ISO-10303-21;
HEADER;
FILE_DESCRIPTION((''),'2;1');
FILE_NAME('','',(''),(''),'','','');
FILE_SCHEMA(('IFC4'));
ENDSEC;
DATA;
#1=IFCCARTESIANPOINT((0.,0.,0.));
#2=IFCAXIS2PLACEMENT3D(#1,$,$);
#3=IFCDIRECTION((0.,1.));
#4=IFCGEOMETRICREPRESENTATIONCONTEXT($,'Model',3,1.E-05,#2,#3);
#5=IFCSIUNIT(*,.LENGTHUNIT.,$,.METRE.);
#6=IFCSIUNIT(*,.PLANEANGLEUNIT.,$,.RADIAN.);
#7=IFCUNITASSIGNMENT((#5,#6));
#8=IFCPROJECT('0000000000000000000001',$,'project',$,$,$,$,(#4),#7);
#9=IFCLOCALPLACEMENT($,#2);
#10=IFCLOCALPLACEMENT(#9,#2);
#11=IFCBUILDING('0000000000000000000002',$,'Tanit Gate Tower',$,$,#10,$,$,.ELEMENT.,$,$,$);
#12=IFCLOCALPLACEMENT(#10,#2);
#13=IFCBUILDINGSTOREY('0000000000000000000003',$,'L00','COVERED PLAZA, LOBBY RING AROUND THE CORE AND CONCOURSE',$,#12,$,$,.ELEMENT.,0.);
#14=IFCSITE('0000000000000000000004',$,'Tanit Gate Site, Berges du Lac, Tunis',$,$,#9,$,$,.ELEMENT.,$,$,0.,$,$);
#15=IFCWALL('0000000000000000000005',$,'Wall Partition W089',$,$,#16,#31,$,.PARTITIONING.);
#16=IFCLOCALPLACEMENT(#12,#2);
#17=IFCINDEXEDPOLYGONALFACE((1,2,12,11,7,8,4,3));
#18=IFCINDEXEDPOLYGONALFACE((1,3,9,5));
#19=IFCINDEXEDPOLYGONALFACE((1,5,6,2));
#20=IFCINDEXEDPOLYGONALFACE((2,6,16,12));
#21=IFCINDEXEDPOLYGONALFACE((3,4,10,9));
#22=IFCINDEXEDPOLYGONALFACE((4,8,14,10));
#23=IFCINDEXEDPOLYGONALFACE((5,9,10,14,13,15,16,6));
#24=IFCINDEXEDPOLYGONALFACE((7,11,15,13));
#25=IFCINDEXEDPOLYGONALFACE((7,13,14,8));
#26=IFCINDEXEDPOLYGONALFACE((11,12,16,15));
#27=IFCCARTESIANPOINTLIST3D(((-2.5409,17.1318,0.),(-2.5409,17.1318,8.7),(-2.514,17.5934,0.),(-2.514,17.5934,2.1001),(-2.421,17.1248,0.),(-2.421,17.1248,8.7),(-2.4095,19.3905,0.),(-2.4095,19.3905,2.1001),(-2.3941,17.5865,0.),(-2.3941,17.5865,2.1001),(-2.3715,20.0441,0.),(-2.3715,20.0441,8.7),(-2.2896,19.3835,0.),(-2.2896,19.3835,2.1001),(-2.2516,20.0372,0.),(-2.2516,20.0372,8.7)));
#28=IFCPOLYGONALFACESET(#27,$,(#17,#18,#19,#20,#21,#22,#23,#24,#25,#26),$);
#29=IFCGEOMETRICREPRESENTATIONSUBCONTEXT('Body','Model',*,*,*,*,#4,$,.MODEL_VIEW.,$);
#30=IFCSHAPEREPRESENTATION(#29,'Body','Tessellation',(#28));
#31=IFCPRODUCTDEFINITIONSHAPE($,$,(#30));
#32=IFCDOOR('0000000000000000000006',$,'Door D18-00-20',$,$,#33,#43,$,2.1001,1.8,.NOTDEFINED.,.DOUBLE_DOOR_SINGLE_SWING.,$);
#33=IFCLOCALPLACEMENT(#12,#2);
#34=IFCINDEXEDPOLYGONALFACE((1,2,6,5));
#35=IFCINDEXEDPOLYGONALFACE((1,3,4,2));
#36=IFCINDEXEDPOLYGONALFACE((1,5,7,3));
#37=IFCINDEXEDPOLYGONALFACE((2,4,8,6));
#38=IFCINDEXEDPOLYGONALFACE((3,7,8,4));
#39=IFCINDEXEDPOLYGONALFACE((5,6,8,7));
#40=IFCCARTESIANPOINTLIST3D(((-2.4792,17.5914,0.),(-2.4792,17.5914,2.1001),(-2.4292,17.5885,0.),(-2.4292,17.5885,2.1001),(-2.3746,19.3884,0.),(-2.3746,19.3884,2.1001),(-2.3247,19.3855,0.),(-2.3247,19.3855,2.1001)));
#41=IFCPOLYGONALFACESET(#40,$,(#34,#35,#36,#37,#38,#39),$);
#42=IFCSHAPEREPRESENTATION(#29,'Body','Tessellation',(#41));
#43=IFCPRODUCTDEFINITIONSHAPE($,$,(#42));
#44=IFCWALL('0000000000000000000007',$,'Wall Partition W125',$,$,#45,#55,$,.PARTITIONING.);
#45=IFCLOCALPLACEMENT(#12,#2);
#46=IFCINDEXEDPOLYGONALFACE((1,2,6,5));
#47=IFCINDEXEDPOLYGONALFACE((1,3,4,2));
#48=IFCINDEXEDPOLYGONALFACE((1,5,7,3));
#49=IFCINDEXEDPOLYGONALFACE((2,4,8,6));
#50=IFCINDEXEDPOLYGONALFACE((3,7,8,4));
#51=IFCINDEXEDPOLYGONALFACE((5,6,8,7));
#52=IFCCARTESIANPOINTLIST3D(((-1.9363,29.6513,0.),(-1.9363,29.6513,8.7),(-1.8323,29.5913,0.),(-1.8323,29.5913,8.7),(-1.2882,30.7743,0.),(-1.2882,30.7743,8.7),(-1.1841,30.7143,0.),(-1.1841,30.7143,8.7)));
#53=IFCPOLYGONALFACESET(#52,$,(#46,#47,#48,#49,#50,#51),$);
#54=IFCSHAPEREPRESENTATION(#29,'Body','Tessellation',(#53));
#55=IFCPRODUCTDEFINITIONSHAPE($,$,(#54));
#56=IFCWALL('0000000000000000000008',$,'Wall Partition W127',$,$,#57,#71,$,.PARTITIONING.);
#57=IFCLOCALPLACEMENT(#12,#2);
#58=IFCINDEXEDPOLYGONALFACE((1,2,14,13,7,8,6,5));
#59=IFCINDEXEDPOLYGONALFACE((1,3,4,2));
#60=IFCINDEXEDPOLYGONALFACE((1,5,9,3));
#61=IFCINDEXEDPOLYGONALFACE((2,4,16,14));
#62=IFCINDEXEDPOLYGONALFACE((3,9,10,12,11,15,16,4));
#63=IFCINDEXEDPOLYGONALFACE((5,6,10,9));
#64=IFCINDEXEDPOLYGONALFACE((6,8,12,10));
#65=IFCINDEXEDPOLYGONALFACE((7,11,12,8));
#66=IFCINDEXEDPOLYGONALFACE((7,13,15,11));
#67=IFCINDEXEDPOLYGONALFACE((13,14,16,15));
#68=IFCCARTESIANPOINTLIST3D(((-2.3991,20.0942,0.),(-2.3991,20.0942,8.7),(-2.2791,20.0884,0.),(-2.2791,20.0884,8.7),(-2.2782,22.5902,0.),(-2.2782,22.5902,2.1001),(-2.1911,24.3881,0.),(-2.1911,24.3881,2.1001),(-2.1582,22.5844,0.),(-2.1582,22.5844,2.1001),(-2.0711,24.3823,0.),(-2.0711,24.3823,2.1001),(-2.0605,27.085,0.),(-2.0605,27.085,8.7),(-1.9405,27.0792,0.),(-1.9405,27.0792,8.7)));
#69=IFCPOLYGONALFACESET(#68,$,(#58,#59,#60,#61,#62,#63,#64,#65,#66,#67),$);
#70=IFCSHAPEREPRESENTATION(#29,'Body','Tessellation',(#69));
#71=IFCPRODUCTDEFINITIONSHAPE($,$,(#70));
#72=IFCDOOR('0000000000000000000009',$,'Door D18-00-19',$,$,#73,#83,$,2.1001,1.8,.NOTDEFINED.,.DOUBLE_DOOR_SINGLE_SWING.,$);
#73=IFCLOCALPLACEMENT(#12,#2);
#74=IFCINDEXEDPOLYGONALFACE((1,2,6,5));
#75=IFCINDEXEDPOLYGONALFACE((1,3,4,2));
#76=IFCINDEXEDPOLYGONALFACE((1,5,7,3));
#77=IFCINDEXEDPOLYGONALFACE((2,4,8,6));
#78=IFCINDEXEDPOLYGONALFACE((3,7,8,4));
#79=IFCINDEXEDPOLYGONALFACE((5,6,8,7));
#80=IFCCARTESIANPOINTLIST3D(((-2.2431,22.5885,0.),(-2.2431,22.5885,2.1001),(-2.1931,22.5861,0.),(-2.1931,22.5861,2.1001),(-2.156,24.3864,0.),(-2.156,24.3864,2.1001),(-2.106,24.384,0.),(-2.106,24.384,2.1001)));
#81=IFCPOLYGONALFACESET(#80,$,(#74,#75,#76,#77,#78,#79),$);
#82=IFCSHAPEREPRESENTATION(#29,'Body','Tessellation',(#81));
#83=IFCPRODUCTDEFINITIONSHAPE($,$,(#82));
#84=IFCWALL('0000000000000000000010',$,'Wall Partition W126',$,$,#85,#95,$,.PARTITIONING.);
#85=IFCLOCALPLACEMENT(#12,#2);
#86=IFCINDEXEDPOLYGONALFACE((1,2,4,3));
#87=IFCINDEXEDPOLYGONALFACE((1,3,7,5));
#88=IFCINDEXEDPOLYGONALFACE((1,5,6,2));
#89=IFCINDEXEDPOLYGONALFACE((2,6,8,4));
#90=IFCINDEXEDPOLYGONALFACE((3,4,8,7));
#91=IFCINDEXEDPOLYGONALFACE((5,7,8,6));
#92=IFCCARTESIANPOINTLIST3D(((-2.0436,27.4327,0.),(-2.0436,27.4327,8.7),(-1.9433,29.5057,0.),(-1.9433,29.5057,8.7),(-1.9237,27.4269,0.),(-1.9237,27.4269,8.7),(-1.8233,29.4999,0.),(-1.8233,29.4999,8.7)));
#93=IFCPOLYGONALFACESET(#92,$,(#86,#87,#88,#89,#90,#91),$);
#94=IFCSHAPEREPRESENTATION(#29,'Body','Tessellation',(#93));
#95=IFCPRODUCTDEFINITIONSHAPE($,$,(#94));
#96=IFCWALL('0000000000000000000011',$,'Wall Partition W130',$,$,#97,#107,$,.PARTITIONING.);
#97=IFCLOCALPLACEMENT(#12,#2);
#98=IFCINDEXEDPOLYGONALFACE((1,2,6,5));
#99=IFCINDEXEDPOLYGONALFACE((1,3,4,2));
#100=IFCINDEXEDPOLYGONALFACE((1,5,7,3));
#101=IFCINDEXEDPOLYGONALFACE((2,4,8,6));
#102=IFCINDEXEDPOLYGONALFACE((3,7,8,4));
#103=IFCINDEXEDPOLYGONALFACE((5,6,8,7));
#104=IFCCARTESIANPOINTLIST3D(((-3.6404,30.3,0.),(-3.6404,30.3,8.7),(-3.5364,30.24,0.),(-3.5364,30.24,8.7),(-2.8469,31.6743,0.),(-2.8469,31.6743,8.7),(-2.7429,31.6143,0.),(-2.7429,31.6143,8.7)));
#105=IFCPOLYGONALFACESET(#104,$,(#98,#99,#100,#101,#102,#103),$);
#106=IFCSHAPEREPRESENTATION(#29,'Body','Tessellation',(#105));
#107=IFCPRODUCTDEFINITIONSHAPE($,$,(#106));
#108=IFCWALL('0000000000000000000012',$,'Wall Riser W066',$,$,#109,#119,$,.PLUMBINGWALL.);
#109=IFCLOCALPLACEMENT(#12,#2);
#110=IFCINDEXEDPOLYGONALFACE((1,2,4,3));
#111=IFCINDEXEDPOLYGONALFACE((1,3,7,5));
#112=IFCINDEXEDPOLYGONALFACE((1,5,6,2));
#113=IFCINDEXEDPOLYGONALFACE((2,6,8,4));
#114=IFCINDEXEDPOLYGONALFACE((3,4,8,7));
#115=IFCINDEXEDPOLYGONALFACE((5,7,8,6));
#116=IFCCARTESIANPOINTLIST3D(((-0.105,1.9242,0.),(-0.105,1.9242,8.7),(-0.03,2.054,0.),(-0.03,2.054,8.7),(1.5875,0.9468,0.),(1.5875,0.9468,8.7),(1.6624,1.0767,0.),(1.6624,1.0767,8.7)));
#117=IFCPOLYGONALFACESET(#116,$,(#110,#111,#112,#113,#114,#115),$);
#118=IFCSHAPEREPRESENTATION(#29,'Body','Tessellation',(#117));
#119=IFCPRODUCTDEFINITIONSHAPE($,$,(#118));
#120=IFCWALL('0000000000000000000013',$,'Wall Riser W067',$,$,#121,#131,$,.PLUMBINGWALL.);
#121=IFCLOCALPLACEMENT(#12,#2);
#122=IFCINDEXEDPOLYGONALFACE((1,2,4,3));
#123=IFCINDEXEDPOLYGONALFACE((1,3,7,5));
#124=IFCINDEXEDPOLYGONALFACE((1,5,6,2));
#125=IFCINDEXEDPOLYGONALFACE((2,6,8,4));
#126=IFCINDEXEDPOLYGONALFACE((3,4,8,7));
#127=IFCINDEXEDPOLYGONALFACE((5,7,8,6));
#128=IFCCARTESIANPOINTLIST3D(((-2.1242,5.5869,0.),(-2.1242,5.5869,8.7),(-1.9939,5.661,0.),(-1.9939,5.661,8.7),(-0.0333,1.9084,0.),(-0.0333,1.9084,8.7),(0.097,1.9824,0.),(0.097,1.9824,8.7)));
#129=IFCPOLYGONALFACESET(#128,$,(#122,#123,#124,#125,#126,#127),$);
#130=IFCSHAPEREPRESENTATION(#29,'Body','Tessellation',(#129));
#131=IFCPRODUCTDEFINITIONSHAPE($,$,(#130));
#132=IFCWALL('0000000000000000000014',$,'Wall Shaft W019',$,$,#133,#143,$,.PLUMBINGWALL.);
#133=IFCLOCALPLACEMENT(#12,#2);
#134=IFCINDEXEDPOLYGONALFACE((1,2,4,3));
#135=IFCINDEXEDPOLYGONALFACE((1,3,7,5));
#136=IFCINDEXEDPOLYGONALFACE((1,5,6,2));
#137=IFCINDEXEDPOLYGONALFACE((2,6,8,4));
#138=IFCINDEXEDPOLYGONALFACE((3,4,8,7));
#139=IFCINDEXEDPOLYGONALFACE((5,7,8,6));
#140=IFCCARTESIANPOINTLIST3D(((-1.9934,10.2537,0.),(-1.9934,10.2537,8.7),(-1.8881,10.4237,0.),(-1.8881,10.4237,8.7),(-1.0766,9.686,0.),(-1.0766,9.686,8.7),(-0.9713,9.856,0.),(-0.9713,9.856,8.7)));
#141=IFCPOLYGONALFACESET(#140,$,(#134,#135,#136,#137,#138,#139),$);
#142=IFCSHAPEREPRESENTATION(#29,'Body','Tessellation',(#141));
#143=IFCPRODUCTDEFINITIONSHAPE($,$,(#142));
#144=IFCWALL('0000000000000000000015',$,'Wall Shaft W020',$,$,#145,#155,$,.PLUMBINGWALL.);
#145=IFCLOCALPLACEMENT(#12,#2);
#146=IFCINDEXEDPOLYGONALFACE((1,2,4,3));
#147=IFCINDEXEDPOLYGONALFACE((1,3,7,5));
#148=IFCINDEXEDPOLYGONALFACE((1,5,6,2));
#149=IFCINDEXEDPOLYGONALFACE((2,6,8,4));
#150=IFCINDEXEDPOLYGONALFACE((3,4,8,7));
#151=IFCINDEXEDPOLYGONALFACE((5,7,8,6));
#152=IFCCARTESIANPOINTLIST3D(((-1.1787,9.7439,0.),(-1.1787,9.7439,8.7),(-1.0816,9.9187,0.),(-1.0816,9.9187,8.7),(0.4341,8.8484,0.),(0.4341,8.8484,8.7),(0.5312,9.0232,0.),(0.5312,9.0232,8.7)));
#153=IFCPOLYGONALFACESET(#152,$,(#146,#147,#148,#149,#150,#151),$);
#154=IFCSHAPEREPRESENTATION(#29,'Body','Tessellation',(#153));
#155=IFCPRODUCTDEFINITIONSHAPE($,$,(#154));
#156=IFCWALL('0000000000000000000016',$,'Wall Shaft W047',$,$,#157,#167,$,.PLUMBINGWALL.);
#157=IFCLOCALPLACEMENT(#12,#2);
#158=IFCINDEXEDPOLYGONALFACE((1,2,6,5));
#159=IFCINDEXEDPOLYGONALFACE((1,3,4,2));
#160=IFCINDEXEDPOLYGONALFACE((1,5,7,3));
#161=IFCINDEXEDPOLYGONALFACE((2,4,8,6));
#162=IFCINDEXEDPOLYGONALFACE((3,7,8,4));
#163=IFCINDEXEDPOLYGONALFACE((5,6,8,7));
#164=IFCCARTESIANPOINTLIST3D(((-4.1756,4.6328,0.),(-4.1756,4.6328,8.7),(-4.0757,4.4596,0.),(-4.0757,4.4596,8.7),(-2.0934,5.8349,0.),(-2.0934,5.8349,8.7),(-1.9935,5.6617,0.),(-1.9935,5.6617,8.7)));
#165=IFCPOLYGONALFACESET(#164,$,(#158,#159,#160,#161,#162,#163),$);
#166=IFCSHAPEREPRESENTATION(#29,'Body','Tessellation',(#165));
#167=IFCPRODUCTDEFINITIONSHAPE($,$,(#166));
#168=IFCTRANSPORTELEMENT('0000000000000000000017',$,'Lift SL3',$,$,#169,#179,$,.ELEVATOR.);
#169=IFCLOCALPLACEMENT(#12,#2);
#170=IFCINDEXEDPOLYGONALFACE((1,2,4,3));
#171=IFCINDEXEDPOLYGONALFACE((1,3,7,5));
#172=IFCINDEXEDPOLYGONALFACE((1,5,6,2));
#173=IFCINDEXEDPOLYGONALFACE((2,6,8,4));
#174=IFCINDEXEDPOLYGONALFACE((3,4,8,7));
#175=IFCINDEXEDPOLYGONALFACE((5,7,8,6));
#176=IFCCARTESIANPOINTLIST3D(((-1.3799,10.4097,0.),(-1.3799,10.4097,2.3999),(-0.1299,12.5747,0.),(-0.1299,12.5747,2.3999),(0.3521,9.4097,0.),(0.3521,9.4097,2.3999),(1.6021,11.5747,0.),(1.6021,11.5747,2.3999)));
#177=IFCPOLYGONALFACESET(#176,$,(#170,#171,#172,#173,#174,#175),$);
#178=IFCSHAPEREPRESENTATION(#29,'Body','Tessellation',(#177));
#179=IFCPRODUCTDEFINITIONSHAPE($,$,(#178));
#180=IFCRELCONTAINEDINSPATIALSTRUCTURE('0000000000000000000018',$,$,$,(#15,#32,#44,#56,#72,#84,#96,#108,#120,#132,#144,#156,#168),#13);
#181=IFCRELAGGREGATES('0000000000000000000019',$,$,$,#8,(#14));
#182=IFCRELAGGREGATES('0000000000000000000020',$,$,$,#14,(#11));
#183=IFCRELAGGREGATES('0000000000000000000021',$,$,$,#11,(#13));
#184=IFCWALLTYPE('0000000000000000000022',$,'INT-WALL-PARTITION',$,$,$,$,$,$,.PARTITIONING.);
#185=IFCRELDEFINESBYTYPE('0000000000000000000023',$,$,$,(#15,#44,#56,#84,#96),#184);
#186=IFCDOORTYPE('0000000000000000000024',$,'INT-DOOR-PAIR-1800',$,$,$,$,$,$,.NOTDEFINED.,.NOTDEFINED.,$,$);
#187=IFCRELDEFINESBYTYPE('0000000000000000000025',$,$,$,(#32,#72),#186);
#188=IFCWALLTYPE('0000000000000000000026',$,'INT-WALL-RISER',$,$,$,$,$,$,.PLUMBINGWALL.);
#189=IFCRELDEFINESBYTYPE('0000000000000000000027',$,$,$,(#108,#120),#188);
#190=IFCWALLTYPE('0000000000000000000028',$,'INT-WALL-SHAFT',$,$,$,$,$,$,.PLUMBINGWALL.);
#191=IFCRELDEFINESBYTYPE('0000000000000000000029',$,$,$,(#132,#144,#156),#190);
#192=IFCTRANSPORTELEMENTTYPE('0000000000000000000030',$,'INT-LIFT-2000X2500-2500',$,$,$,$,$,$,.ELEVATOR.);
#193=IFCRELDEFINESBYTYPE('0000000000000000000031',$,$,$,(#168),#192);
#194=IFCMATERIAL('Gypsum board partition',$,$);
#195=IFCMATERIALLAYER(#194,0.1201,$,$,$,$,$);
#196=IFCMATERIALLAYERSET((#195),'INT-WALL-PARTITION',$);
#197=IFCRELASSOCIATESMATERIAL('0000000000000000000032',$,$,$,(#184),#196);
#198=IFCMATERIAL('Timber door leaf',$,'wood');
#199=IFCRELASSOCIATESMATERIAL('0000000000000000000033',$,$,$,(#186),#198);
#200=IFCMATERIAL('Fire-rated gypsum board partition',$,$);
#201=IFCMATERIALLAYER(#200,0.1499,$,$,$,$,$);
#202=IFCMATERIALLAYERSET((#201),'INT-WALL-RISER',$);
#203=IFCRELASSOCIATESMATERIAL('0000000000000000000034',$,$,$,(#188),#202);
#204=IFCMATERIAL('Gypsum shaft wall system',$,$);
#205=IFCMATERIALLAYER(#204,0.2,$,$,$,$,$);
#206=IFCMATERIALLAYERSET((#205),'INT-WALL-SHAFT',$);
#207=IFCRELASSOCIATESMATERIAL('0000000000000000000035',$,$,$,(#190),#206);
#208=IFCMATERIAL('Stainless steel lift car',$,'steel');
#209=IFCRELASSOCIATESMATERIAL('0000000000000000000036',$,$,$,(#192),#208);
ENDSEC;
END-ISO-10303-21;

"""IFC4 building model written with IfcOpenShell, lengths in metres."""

from ifc_helpers import new_model, si_unit, direction, frame, frame_2d, origin, origin_2d, place, context, subcontext, project, spatial, rectangle, extrude, material, layer, layer_set, type_object, element, fill, save


model = new_model("IFC4")

# Units and contexts
model_context = context("Model", 3, precision=1e-05, world=origin(), true_north=direction((0.0, 1.0)))
body_context = subcontext(model_context, "Body", "Model", "MODEL_VIEW")
ifc_project = project(units=[si_unit("LENGTHUNIT", "METRE"), si_unit("PLANEANGLEUNIT", "RADIAN")], contexts=[model_context])

# Site, building, storey
site_placement = place(None, origin())
site = spatial("IfcSite", under=ifc_project, at=site_placement, Name="Tanit Gate Site, Berges du Lac, Tunis", CompositionType="ELEMENT", RefElevation=0.0)
building_placement = place(site_placement, origin())
building = spatial("IfcBuilding", under=site, at=building_placement, Name="Tanit Gate Tower", CompositionType="ELEMENT")
storey_placement = place(building_placement, origin())
storey = spatial("IfcBuildingStorey", under=building, at=storey_placement, Name="L00", Description="COVERED PLAZA, LOBBY RING AROUND THE CORE AND CONCOURSE", CompositionType="ELEMENT", Elevation=0.0)

# Shared definitions
ifc_material_1 = material(Name="Gypsum board partition")
ifc_layer_1 = layer(ifc_material_1, 0.1201)
ifc_layer_set_1 = layer_set([ifc_layer_1], Name="INT-WALL-PARTITION")
wall_type_1 = type_object("IfcWallType", Name="INT-WALL-PARTITION", PredefinedType="PARTITIONING", material=ifc_layer_set_1)

# Wall, opening, door
wall_1_placement = place(storey_placement, frame((-2.3115, 20.0405, 0.0), z_axis=(0.0, 0.0, 1.0), x_axis=(-0.058079, -0.998312, 0.0)))
wall_1 = element("IfcWall", 1, at=wall_1_placement, inside=storey, type_object=wall_type_1, Name="Wall Partition W089", PredefinedType="PARTITIONING", context=body_context, shape_type="SweptSolid", body=[
    extrude(rectangle(XDim=2.9172, YDim=0.1201, at=frame_2d((1.4585, 0.0))), origin(), (0.0, 0.0, 1.0), 8.7),
])
opening_1_placement = place(wall_1_placement, frame((0.6548, 0.0, 0.0)))
opening_1 = element("IfcOpeningElement", 2, at=opening_1_placement, cuts=wall_1, PredefinedType="OPENING", context=body_context, shape_type="SweptSolid", body=[
    extrude(rectangle(XDim=1.8, YDim=2.1001, at=frame_2d((0.8999, 1.05))), frame((0.0, 0.0701, 0.0), z_axis=(0.0, -1.0, 0.0), x_axis=(1.0, 0.0, 0.0)), (0.0, 0.0, 1.0), 0.1401),
])
ifc_material_2 = material(Name="Timber door leaf", Category="wood")
door_type = type_object("IfcDoorType", Name="INT-DOOR-PAIR-1800", OperationType="NOTDEFINED", PredefinedType="NOTDEFINED", material=ifc_material_2)
door_1_placement = place(opening_1_placement, origin())
door_1 = element("IfcDoor", 3, at=door_1_placement, inside=storey, type_object=door_type, Name="Door D18-00-20", OperationType="DOUBLE_DOOR_SINGLE_SWING", OverallHeight=2.1001, OverallWidth=1.8, PredefinedType="NOTDEFINED", context=body_context, shape_type="SweptSolid", body=[
    extrude(rectangle(XDim=1.8, YDim=2.1001, at=frame_2d((0.8999, 1.05))), frame((0.0, 0.0249, 0.0), z_axis=(0.0, -1.0, 0.0), x_axis=(1.0, 0.0, 0.0)), (0.0, 0.0, 1.0), 0.05),
])
fill(opening_1, door_1)

# Wall
wall_2_placement = place(storey_placement, frame((-1.2361, 30.7444, 0.0), z_axis=(0.0, 0.0, 1.0), x_axis=(-0.499885, -0.866092, 0.0)))
element("IfcWall", 4, at=wall_2_placement, inside=storey, type_object=wall_type_1, Name="Wall Partition W125", PredefinedType="PARTITIONING", context=body_context, shape_type="SweptSolid", body=[
    extrude(rectangle(XDim=1.2966, YDim=0.1201, at=frame_2d((0.6484, 0.0))), origin(), (0.0, 0.0, 1.0), 8.7),
])

# Wall, opening, door
wall_3_placement = place(storey_placement, frame((-2.3391, 20.0913, 0.0), z_axis=(0.0, 0.0, 1.0), x_axis=(0.048382, 0.998829, 0.0)))
wall_3 = element("IfcWall", 5, at=wall_3_placement, inside=storey, type_object=wall_type_1, Name="Wall Partition W127", PredefinedType="PARTITIONING", context=body_context, shape_type="SweptSolid", body=[
    extrude(rectangle(XDim=6.999, YDim=0.1201, at=frame_2d((3.4995, 0.0))), origin(), (0.0, 0.0, 1.0), 8.7),
])
opening_2_placement = place(wall_3_placement, frame((2.499, 0.0, 0.0)))
opening_2 = element("IfcOpeningElement", 6, at=opening_2_placement, cuts=wall_3, PredefinedType="OPENING", context=body_context, shape_type="SweptSolid", body=[
    extrude(rectangle(XDim=1.8, YDim=2.1001, at=frame_2d((0.8999, 1.05))), frame((0.0, 0.0701, 0.0), z_axis=(0.0, -1.0, 0.0), x_axis=(1.0, 0.0, 0.0)), (0.0, 0.0, 1.0), 0.1401),
])
door_2_placement = place(opening_2_placement, origin())
door_2 = element("IfcDoor", 7, at=door_2_placement, inside=storey, type_object=door_type, Name="Door D18-00-19", OperationType="DOUBLE_DOOR_SINGLE_SWING", OverallHeight=2.1001, OverallWidth=1.8, PredefinedType="NOTDEFINED", context=body_context, shape_type="SweptSolid", body=[
    extrude(rectangle(XDim=1.8, YDim=2.1001, at=frame_2d((0.8999, 1.05))), frame((0.0, 0.0249, 0.0), z_axis=(0.0, -1.0, 0.0), x_axis=(1.0, 0.0, 0.0)), (0.0, 0.0, 1.0), 0.05),
])
fill(opening_2, door_2)

# Walls
wall_4_placement = place(storey_placement, frame((-1.9836, 27.4299, 0.0), z_axis=(0.0, 0.0, 1.0), x_axis=(0.048348, 0.998831, 0.0)))
element("IfcWall", 8, at=wall_4_placement, inside=storey, type_object=wall_type_1, Name="Wall Partition W126", PredefinedType="PARTITIONING", context=body_context, shape_type="SweptSolid", body=[
    extrude(rectangle(XDim=2.0754, YDim=0.1201, at=frame_2d((1.0376, 0.0))), origin(), (0.0, 0.0, 1.0), 8.7),
])
wall_5_placement = place(storey_placement, frame((-2.7949, 31.6443, 0.0), z_axis=(0.0, 0.0, 1.0), x_axis=(-0.500011, -0.866019, 0.0)))
element("IfcWall", 9, at=wall_5_placement, inside=storey, type_object=wall_type_1, Name="Wall Partition W130", PredefinedType="PARTITIONING", context=body_context, shape_type="SweptSolid", body=[
    extrude(rectangle(XDim=1.5869, YDim=0.1201, at=frame_2d((0.7935, 0.0))), origin(), (0.0, 0.0, 1.0), 8.7),
])
ifc_material_3 = material(Name="Fire-rated gypsum board partition")
ifc_layer_2 = layer(ifc_material_3, 0.1499)
ifc_layer_set_2 = layer_set([ifc_layer_2], Name="INT-WALL-RISER")
wall_type_2 = type_object("IfcWallType", Name="INT-WALL-RISER", PredefinedType="PLUMBINGWALL", material=ifc_layer_set_2)
wall_6_placement = place(storey_placement, frame((-0.0674, 1.989, 0.0), z_axis=(0.0, 0.0, 1.0), x_axis=(0.865982, -0.500076, 0.0)))
element("IfcWall", 10, at=wall_6_placement, inside=storey, type_object=wall_type_2, Name="Wall Riser W066", PredefinedType="PLUMBINGWALL", context=body_context, shape_type="SweptSolid", body=[
    extrude(rectangle(XDim=1.9543, YDim=0.1499, at=frame_2d((0.9771, 0.0))), origin(), (0.0, 0.0, 1.0), 8.7),
])
wall_7_placement = place(storey_placement, frame((-2.0591, 5.624, 0.0), z_axis=(0.0, 0.0, 1.0), x_axis=(0.494149, -0.869377, 0.0)))
element("IfcWall", 11, at=wall_7_placement, inside=storey, type_object=wall_type_2, Name="Wall Riser W067", PredefinedType="PLUMBINGWALL", context=body_context, shape_type="SweptSolid", body=[
    extrude(rectangle(XDim=4.2312, YDim=0.1499, at=frame_2d((2.1157, 0.0))), origin(), (0.0, 0.0, 1.0), 8.7),
])
ifc_material_4 = material(Name="Gypsum shaft wall system")
ifc_layer_3 = layer(ifc_material_4, 0.2)
ifc_layer_set_3 = layer_set([ifc_layer_3], Name="INT-WALL-SHAFT")
wall_type_3 = type_object("IfcWallType", Name="INT-WALL-SHAFT", PredefinedType="PLUMBINGWALL", material=ifc_layer_set_3)
wall_8_placement = place(storey_placement, frame((-1.9407, 10.3386, 0.0), z_axis=(0.0, 0.0, 1.0), x_axis=(0.850217, -0.526433, 0.0)))
element("IfcWall", 12, at=wall_8_placement, inside=storey, type_object=wall_type_3, Name="Wall Shaft W019", PredefinedType="PLUMBINGWALL", context=body_context, shape_type="SweptSolid", body=[
    extrude(rectangle(XDim=1.0784, YDim=0.2, at=frame_2d((0.5391, 0.0))), origin(), (0.0, 0.0, 1.0), 8.7),
])
wall_9_placement = place(storey_placement, frame((0.4827, 8.9358, 0.0), z_axis=(0.0, 0.0, 1.0), x_axis=(-0.87427, 0.485441, 0.0)))
element("IfcWall", 13, at=wall_9_placement, inside=storey, type_object=wall_type_3, Name="Wall Shaft W020", PredefinedType="PLUMBINGWALL", context=body_context, shape_type="SweptSolid", body=[
    extrude(rectangle(XDim=1.8447, YDim=0.2, at=frame_2d((0.9224, 0.0))), origin(), (0.0, 0.0, 1.0), 8.7),
])
wall_10_placement = place(storey_placement, frame((-2.0435, 5.7483, 0.0), z_axis=(0.0, 0.0, 1.0), x_axis=(-0.866035, -0.499983, 0.0)))
element("IfcWall", 14, at=wall_10_placement, inside=storey, type_object=wall_type_3, Name="Wall Shaft W047", PredefinedType="PLUMBINGWALL", context=body_context, shape_type="SweptSolid", body=[
    extrude(rectangle(XDim=2.4043, YDim=0.2, at=frame_2d((1.2021, 0.0))), origin(), (0.0, 0.0, 1.0), 8.7),
])

# Transport element
ifc_material_5 = material(Name="Stainless steel lift car", Category="steel")
transport_element_type = type_object("IfcTransportElementType", Name="INT-LIFT-2000X2500-2500", PredefinedType="ELEVATOR", material=ifc_material_5)
for number, where, z_axis, x_axis, name in (
    (15, (0.1111, 10.9922, 0.0), (0.0, 0.0, 1.0), (-0.866025, 0.5, 0.0), "Lift SL3"),
):
    element("IfcTransportElement", number, at=place(storey_placement, frame(where, z_axis=z_axis, x_axis=x_axis)), inside=storey, type_object=transport_element_type, Name=name, PredefinedType="ELEVATOR", context=body_context, shape_type="SweptSolid", body=[
        extrude(rectangle(XDim=2.0, YDim=2.5, at=origin_2d()), origin(), (0.0, 0.0, 1.0), 2.3999),
    ])

save(model, "model.ifc")
